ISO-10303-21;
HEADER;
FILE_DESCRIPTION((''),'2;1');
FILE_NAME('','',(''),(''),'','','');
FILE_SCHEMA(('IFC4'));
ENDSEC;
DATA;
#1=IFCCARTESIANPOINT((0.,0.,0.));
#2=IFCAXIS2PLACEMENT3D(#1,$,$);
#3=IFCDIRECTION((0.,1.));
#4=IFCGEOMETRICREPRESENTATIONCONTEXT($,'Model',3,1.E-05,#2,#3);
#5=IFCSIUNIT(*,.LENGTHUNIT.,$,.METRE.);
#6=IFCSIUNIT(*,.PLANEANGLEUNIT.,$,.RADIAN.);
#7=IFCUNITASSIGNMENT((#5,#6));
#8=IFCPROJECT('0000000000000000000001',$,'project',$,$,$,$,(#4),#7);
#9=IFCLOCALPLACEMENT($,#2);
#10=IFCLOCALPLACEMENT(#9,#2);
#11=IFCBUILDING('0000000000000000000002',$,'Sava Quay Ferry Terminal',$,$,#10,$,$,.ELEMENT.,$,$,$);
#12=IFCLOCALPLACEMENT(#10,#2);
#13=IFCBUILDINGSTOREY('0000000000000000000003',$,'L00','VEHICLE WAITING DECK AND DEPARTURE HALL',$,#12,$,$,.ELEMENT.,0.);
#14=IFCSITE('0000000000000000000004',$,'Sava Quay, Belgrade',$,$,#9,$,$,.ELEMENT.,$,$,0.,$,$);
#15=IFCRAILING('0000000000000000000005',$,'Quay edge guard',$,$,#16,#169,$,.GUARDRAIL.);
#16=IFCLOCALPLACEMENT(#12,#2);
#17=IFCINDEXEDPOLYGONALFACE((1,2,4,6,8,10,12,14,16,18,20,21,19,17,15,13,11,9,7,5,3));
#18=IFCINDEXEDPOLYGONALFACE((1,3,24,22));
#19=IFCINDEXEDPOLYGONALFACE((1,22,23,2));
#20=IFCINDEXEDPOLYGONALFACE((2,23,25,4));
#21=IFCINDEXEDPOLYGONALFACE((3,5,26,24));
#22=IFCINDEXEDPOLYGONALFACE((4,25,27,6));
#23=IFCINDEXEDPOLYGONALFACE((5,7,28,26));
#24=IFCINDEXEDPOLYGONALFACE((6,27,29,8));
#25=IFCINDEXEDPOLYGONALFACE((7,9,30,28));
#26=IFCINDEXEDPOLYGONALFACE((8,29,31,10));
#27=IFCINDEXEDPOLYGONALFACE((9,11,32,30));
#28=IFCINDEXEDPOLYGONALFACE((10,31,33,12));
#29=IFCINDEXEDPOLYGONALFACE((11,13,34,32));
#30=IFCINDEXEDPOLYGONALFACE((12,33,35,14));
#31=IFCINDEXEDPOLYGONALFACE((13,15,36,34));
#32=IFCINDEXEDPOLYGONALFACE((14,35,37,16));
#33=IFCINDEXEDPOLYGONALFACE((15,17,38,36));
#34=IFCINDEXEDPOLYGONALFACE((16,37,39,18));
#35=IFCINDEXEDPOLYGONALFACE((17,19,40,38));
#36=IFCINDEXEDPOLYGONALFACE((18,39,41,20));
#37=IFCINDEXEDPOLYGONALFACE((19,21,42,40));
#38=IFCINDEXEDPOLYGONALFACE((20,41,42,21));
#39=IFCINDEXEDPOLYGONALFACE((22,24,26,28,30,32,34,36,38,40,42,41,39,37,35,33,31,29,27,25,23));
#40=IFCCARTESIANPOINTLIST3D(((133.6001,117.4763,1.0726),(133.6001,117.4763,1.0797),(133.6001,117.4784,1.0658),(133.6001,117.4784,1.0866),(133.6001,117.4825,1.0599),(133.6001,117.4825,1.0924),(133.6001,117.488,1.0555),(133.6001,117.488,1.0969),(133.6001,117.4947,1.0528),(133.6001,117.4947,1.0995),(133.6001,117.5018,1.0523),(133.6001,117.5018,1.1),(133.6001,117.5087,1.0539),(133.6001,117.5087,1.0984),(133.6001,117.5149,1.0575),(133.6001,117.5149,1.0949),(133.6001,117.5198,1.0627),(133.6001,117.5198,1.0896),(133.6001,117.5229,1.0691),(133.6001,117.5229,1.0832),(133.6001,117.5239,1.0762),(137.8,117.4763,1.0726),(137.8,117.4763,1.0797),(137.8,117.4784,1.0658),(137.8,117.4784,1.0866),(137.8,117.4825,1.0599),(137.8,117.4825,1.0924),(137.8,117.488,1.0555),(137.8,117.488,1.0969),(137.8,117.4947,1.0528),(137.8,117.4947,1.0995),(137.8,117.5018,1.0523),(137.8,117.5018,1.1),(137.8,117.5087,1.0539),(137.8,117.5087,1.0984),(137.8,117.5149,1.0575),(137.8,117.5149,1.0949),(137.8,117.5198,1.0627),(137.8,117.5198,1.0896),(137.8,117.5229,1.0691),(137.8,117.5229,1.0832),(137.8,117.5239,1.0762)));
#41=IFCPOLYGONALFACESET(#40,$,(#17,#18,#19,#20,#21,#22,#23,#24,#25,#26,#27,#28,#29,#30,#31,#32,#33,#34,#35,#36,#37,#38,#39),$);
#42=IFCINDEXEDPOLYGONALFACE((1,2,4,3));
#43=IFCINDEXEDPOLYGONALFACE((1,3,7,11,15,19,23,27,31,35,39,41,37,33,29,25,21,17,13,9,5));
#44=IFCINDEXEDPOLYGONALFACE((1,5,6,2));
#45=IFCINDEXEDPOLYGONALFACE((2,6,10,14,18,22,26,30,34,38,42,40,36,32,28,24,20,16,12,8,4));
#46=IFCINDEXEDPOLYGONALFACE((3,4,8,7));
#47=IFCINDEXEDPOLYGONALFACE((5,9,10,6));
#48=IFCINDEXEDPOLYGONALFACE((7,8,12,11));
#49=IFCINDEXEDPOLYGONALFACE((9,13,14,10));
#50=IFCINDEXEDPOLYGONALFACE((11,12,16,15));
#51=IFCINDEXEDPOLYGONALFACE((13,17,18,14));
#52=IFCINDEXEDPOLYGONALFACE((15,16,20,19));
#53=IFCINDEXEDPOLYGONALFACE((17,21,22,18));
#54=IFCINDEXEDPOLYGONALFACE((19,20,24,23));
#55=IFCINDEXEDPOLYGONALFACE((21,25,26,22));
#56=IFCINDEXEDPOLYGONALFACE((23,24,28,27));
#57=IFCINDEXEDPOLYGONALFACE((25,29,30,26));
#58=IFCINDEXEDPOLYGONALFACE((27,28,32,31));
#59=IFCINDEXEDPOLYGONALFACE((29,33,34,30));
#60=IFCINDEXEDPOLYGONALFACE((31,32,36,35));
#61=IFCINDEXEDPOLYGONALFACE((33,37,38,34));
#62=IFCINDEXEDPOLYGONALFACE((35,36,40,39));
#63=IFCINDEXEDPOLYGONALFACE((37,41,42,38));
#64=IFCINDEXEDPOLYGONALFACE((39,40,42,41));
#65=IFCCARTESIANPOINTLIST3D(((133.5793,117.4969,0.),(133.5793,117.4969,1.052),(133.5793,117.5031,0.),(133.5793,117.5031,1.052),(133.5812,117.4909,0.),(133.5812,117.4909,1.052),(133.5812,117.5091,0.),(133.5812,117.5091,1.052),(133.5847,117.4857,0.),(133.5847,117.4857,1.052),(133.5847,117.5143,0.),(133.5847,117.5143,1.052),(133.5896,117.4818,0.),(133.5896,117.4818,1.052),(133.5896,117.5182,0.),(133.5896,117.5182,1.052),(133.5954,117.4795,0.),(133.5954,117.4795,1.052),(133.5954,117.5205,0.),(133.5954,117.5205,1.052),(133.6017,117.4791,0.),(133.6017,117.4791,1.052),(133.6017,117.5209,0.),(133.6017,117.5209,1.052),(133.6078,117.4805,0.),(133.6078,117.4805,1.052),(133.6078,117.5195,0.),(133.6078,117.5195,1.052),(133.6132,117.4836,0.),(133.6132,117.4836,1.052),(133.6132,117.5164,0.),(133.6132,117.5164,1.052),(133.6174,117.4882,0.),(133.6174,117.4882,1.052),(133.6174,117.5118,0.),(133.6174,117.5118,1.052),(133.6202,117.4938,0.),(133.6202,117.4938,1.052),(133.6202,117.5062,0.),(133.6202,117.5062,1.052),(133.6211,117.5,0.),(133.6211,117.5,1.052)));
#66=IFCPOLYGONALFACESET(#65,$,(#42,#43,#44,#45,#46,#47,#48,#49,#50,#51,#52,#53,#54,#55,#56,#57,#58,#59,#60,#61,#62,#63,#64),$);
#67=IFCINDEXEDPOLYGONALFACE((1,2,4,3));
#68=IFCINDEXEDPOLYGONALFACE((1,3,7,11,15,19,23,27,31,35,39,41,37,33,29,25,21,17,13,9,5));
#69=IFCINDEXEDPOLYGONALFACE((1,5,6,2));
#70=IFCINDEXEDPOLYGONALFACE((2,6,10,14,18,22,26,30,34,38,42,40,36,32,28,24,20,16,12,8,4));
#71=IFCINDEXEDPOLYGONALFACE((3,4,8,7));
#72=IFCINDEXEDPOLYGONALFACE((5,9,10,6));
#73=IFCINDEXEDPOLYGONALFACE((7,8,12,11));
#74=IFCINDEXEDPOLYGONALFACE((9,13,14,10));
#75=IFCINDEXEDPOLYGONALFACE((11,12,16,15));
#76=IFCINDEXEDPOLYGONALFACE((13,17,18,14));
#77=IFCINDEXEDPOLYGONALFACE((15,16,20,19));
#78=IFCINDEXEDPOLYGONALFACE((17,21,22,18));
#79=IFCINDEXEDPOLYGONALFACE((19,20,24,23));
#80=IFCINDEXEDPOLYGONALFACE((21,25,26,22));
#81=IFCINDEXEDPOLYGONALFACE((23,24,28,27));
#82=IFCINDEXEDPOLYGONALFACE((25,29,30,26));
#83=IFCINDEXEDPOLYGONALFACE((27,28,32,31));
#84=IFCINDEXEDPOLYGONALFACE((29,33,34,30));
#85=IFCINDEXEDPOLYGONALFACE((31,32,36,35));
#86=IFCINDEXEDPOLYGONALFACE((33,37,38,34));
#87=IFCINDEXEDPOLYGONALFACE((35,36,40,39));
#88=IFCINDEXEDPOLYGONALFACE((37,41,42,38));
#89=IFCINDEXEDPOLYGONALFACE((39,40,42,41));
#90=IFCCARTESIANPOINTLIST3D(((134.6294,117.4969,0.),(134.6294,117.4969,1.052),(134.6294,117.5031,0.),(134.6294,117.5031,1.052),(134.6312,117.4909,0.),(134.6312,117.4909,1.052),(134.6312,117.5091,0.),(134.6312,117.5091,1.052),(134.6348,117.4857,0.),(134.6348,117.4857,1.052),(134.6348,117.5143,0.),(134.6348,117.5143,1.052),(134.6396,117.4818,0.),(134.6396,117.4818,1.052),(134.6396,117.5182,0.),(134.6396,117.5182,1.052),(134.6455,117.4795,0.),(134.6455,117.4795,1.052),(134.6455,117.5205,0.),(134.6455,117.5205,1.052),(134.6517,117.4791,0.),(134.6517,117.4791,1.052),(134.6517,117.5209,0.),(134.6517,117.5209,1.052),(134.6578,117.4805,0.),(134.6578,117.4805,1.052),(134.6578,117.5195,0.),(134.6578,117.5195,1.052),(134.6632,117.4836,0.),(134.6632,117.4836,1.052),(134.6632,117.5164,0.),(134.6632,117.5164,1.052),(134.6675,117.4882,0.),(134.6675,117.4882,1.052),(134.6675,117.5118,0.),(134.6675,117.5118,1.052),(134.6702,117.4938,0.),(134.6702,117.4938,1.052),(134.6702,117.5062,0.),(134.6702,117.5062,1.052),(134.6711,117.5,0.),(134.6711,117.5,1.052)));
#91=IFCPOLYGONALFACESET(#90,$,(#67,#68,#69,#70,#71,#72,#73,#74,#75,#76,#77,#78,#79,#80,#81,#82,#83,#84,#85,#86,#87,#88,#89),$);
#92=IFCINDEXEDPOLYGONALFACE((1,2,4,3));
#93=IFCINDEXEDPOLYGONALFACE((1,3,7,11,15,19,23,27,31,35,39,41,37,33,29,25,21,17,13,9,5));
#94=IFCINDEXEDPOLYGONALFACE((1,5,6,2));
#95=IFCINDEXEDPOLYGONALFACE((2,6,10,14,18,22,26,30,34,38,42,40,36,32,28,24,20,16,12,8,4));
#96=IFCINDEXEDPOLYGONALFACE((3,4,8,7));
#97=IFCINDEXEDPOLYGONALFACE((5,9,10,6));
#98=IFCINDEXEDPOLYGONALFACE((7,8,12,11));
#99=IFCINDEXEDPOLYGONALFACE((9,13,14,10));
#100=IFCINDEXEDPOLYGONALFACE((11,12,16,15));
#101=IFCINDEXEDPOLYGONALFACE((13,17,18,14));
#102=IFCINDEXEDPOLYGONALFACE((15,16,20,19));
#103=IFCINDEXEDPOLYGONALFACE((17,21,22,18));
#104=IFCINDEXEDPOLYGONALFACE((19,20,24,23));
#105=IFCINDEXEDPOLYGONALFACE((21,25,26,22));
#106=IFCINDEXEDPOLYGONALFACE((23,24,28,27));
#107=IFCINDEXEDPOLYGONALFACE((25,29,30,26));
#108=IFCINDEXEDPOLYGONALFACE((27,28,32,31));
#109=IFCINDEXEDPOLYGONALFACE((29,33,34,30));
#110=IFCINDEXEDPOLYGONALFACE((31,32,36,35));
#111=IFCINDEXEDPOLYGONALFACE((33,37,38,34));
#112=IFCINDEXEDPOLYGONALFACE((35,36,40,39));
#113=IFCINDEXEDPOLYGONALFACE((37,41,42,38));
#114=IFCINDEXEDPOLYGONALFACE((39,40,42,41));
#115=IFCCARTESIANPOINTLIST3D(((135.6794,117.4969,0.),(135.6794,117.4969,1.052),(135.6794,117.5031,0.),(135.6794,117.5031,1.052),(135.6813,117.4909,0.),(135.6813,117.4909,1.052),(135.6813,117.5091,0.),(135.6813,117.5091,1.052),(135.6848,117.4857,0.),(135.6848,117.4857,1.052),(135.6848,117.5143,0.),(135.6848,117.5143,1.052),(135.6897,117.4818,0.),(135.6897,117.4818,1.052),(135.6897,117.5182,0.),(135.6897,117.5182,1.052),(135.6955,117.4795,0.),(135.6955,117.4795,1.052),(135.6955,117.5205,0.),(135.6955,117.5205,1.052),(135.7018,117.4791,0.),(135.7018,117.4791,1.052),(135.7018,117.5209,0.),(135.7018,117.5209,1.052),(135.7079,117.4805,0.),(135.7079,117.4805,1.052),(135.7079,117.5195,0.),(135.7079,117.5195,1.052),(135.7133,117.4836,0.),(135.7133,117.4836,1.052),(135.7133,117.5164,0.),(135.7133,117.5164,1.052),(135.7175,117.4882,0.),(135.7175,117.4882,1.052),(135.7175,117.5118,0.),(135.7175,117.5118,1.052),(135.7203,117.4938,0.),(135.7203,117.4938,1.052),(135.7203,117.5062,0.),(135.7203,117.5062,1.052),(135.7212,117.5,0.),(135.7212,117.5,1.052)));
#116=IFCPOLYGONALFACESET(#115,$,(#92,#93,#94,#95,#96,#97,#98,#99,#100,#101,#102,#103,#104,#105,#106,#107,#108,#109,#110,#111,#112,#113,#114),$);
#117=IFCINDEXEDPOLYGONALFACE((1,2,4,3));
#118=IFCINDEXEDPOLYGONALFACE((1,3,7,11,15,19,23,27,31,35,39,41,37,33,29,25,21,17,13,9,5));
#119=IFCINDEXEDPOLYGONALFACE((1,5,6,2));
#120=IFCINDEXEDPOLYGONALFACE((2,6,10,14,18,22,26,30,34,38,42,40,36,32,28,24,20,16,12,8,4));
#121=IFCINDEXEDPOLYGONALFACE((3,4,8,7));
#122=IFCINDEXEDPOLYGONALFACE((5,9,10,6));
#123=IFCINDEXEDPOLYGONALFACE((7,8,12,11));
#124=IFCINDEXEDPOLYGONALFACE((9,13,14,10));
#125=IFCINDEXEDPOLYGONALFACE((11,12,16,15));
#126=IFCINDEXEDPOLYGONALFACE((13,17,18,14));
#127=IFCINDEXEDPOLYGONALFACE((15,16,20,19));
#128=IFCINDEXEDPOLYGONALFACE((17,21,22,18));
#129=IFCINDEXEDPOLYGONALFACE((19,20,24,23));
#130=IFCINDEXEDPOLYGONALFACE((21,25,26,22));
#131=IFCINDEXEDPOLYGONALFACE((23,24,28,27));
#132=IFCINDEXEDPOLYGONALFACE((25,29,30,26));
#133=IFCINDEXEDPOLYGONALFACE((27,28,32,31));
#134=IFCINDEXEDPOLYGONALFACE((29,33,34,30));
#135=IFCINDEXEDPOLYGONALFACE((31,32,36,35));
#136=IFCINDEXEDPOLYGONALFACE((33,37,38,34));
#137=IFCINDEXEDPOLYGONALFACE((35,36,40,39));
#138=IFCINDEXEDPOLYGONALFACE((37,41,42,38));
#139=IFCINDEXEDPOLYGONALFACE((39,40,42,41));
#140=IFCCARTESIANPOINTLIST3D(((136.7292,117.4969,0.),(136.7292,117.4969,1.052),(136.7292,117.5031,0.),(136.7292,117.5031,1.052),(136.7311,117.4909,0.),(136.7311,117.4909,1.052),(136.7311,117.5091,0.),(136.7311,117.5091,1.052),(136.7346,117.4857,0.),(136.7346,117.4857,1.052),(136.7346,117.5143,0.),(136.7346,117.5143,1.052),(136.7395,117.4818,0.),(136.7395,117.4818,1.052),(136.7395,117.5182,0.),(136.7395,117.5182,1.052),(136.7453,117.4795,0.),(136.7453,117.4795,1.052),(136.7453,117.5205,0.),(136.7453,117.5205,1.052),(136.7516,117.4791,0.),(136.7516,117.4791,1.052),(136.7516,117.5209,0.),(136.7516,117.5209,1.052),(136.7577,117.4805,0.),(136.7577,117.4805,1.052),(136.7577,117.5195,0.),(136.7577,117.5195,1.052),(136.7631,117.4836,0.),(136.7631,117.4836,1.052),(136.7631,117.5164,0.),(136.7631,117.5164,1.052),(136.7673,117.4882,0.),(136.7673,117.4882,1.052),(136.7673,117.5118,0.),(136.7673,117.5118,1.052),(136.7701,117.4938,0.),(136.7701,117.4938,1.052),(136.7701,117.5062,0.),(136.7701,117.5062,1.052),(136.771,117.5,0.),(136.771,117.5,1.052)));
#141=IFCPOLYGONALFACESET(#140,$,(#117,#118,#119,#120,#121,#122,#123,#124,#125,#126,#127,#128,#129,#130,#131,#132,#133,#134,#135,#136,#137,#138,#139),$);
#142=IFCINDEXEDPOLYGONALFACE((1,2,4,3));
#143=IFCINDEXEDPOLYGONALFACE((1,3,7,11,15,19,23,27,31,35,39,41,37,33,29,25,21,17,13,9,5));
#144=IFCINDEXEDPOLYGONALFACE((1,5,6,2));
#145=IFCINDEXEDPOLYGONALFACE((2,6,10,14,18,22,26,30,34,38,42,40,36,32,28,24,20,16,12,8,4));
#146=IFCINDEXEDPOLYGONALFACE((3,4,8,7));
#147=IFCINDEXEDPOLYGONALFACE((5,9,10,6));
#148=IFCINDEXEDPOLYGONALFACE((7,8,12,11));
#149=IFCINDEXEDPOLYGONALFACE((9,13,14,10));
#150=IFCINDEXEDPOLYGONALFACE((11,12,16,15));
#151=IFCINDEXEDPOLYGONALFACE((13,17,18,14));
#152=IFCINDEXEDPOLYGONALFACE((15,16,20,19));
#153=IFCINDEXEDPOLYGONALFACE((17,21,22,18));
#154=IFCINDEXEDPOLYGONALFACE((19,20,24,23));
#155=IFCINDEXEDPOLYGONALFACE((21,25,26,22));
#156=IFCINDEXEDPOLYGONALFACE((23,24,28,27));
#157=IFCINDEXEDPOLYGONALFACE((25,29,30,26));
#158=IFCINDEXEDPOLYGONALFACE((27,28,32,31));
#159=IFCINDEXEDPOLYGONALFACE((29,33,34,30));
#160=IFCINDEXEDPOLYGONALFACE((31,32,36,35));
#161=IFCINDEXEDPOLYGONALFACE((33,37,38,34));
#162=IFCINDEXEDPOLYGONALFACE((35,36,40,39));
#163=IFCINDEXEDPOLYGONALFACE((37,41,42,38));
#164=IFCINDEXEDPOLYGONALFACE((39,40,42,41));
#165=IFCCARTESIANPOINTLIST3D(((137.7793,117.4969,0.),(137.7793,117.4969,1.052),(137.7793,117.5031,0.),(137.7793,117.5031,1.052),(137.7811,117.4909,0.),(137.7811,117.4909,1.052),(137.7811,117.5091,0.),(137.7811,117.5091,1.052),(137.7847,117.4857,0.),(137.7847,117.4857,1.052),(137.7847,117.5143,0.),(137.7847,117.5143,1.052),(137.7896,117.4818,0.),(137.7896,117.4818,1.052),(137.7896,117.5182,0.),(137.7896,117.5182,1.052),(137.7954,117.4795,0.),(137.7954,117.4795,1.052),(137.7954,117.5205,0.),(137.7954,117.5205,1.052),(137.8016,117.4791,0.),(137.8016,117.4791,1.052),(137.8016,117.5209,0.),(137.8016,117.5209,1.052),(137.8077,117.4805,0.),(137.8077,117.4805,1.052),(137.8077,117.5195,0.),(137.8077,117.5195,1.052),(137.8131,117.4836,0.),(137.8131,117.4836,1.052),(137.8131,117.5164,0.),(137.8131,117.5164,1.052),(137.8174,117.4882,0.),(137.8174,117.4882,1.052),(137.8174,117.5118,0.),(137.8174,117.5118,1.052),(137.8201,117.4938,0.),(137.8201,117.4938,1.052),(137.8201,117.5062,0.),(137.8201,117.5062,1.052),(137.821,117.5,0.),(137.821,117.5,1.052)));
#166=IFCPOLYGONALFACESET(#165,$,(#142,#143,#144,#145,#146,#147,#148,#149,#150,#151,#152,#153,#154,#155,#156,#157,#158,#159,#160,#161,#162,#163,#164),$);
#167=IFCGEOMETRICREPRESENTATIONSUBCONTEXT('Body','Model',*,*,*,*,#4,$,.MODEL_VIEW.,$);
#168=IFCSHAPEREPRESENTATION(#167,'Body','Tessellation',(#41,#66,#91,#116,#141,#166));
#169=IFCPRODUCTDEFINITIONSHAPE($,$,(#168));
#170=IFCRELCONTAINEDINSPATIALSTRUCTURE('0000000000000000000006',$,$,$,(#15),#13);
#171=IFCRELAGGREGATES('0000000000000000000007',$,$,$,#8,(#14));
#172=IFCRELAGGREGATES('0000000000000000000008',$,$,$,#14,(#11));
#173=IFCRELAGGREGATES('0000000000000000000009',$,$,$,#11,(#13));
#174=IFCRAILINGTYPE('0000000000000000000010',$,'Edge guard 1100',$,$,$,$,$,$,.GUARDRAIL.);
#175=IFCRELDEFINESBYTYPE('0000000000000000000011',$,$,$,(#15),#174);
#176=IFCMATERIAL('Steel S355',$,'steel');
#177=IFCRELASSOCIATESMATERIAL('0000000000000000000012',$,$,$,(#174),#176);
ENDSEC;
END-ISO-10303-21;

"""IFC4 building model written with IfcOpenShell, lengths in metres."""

from ifc_helpers import new_model, si_unit, direction, frame, origin, origin_2d, place, context, subcontext, project, spatial, circle, extrude, material, type_object, element, save


model = new_model("IFC4")

# Units and contexts
model_context = context("Model", 3, precision=1e-05, world=origin(), true_north=direction((0.0, 1.0)))
body_context = subcontext(model_context, "Body", "Model", "MODEL_VIEW")
ifc_project = project(units=[si_unit("LENGTHUNIT", "METRE"), si_unit("PLANEANGLEUNIT", "RADIAN")], contexts=[model_context])

# Site, building, storey
site_placement = place(None, origin())
site = spatial("IfcSite", under=ifc_project, at=site_placement, Name="Sava Quay, Belgrade", CompositionType="ELEMENT", RefElevation=0.0)
building_placement = place(site_placement, origin())
building = spatial("IfcBuilding", under=site, at=building_placement, Name="Sava Quay Ferry Terminal", CompositionType="ELEMENT")
storey_placement = place(building_placement, origin())
storey = spatial("IfcBuildingStorey", under=building, at=storey_placement, Name="L00", Description="VEHICLE WAITING DECK AND DEPARTURE HALL", CompositionType="ELEMENT", Elevation=0.0)

# Railing
ifc_material_1 = material(Name="Steel S355", Category="steel")
railing_type = type_object("IfcRailingType", Name="Edge guard 1100", PredefinedType="GUARDRAIL", material=ifc_material_1)
railing_1_placement = place(storey_placement, frame((133.6001, 117.5, 0.0)))
element("IfcRailing", 1, at=railing_1_placement, inside=storey, type_object=railing_type, Name="Quay edge guard", PredefinedType="GUARDRAIL", context=body_context, shape_type="SweptSolid", body=[
    extrude(circle(Radius=0.0239, at=origin_2d()), frame((0.0, 0.0, 1.0762), z_axis=(1.0, 0.0, 0.0), x_axis=(0.0, 1.0, 0.0)), (0.0, 0.0, 1.0), 4.2),
    extrude(circle(Radius=0.021, at=origin_2d()), origin(), (0.0, 0.0, 1.0), 1.052),
    extrude(circle(Radius=0.021, at=origin_2d()), frame((1.05, 0.0, 0.0)), (0.0, 0.0, 1.0), 1.052),
    extrude(circle(Radius=0.021, at=origin_2d()), frame((2.1001, 0.0, 0.0)), (0.0, 0.0, 1.0), 1.052),
    extrude(circle(Radius=0.021, at=origin_2d()), frame((3.1499, 0.0, 0.0)), (0.0, 0.0, 1.0), 1.052),
    extrude(circle(Radius=0.021, at=origin_2d()), frame((4.2, 0.0, 0.0)), (0.0, 0.0, 1.0), 1.052),
])

save(model, "model.ifc")
